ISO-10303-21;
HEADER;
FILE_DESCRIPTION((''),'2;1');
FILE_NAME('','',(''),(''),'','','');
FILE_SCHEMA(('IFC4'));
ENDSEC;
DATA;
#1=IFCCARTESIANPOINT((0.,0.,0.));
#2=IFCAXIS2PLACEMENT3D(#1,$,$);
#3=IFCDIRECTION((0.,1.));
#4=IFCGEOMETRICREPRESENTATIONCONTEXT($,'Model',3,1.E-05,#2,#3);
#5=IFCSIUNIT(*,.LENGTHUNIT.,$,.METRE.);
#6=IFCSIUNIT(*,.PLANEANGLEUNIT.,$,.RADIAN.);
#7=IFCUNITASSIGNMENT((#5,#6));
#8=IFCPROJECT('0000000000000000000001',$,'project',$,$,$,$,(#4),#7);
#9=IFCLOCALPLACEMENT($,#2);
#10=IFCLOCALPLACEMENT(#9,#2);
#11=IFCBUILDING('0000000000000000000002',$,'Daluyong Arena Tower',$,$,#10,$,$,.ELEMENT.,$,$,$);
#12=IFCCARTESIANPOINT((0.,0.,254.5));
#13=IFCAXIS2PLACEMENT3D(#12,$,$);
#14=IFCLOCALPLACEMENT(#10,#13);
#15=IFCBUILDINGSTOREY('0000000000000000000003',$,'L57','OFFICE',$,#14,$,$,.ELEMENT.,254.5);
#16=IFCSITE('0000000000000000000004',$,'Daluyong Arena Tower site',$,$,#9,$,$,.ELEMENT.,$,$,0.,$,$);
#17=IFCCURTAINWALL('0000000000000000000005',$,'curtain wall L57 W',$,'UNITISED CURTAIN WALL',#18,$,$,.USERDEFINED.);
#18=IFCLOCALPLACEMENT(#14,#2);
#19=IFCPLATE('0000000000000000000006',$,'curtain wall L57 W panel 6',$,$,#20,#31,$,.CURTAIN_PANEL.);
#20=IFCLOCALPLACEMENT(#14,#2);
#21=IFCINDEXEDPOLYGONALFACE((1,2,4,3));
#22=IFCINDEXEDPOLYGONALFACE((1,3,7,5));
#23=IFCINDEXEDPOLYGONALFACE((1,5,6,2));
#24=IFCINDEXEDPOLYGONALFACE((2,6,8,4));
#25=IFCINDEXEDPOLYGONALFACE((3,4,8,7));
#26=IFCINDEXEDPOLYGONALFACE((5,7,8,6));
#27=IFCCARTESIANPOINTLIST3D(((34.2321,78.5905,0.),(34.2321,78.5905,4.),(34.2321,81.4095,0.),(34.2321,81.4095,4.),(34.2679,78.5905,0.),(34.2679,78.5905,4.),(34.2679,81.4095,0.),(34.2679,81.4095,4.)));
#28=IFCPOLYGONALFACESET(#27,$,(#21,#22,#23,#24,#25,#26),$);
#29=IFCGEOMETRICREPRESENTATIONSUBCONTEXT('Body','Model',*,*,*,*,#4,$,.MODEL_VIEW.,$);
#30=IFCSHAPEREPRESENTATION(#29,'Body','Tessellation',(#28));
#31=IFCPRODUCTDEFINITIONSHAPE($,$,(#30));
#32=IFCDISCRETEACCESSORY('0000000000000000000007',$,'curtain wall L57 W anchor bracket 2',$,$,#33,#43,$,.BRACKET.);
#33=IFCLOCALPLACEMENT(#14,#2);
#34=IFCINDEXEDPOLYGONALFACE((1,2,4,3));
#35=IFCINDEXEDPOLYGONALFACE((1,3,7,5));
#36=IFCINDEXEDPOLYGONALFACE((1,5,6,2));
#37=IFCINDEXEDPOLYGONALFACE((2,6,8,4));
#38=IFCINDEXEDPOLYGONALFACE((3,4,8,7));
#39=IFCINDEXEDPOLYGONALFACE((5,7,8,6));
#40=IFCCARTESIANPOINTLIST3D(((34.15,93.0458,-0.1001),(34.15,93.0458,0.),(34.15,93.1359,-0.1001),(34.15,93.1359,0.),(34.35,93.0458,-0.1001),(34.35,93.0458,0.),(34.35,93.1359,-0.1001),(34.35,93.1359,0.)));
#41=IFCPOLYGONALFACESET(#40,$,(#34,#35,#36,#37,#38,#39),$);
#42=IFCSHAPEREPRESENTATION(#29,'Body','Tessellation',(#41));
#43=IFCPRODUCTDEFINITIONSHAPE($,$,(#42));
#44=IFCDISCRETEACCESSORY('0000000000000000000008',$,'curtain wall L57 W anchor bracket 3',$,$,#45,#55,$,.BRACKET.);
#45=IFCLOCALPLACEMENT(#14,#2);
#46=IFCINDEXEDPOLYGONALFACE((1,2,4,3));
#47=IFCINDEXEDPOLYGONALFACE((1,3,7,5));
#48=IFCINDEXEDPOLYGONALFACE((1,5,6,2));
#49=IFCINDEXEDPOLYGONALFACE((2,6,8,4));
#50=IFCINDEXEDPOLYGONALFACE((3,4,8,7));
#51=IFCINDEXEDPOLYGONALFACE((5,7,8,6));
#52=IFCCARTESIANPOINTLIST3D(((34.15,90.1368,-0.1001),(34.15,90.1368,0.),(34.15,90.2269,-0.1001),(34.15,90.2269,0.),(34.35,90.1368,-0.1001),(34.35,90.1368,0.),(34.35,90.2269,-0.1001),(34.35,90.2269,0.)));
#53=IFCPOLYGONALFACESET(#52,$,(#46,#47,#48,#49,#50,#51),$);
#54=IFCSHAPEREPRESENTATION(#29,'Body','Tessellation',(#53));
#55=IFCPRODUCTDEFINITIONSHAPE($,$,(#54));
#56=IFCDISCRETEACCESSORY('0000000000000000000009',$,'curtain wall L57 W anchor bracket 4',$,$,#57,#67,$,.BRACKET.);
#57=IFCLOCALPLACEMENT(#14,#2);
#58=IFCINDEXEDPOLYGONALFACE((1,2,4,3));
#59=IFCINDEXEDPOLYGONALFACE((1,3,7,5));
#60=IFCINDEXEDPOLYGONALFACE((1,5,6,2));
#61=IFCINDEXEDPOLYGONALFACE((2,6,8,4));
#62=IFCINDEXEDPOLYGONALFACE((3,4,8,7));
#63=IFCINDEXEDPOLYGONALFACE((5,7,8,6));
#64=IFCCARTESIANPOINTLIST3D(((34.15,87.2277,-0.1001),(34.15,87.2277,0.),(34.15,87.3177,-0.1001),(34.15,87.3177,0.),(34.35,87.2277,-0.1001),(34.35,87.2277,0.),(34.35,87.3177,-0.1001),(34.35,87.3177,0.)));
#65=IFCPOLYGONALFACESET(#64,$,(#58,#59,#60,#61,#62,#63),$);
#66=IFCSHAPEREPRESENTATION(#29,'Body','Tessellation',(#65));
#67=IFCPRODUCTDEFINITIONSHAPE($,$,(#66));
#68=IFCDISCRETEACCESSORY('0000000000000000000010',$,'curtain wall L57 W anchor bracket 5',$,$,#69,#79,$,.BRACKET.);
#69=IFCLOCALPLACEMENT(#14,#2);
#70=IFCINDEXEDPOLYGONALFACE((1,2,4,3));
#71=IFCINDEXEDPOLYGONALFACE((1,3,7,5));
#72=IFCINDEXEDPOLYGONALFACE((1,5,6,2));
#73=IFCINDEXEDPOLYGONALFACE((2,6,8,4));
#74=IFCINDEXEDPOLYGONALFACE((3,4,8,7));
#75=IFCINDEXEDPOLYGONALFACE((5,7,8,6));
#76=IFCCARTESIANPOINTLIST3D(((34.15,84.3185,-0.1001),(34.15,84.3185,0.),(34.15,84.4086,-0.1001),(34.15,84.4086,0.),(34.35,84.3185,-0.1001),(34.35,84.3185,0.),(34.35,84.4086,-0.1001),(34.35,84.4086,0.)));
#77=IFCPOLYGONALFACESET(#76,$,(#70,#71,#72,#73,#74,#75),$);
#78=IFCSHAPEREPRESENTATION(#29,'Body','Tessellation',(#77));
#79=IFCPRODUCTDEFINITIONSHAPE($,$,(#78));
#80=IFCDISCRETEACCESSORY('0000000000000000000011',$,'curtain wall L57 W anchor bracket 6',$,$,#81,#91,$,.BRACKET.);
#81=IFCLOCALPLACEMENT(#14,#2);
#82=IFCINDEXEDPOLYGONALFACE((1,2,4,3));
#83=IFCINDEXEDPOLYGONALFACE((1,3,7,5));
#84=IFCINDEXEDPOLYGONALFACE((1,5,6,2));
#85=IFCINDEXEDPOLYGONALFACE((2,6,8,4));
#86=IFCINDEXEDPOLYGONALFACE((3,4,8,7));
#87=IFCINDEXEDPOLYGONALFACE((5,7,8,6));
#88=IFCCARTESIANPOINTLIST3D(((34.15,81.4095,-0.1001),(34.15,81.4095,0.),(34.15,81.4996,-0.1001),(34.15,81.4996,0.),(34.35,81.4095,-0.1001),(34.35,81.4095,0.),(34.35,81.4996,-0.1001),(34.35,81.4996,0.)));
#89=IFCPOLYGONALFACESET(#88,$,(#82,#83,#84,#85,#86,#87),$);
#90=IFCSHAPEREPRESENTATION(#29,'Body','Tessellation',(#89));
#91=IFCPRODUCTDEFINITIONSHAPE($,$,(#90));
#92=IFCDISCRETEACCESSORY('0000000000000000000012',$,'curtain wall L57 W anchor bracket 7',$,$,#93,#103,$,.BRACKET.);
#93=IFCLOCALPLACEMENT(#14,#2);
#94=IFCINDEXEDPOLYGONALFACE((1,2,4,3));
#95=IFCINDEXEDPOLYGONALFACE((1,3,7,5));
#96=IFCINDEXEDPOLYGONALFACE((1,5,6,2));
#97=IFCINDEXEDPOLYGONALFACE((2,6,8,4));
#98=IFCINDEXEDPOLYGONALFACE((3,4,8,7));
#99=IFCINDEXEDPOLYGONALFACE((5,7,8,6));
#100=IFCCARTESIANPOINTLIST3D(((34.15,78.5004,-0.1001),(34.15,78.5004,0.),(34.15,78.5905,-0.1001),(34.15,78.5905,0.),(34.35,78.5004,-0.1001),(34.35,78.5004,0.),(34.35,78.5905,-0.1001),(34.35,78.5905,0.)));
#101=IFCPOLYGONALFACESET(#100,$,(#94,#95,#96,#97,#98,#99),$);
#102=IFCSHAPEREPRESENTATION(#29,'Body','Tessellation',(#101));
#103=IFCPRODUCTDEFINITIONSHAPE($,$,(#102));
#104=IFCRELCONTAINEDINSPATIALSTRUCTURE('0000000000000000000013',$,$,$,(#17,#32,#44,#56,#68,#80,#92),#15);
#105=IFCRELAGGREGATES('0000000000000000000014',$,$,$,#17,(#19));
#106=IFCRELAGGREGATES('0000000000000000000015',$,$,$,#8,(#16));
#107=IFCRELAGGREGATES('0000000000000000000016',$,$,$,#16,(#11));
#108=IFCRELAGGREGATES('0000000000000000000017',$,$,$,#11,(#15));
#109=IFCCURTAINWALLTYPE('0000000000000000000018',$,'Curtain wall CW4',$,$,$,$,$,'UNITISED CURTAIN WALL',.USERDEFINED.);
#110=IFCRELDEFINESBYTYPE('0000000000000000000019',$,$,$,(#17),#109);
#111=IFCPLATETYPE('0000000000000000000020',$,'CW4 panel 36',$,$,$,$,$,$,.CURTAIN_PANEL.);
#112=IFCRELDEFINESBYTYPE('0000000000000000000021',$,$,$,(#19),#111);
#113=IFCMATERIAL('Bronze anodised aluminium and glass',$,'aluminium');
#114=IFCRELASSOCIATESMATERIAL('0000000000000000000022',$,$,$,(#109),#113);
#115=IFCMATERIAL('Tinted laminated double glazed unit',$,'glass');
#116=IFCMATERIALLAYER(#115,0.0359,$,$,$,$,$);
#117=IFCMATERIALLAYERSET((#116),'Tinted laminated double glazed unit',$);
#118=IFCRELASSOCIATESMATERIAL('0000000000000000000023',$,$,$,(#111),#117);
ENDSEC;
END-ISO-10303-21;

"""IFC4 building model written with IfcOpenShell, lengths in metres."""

from ifc_helpers import new_model, si_unit, direction, frame, origin, origin_2d, place, context, subcontext, project, spatial, rectangle, extrude, material, layer, layer_set, type_object, element, aggregate, save


model = new_model("IFC4")

# Units and contexts
model_context = context("Model", 3, precision=1e-05, world=origin(), true_north=direction((0.0, 1.0)))
body_context = subcontext(model_context, "Body", "Model", "MODEL_VIEW")
ifc_project = project(units=[si_unit("LENGTHUNIT", "METRE"), si_unit("PLANEANGLEUNIT", "RADIAN")], contexts=[model_context])

# Site, building, storey
site_placement = place(None, origin())
site = spatial("IfcSite", under=ifc_project, at=site_placement, Name="Daluyong Arena Tower site", CompositionType="ELEMENT", RefElevation=0.0)
building_placement = place(site_placement, origin())
building = spatial("IfcBuilding", under=site, at=building_placement, Name="Daluyong Arena Tower", CompositionType="ELEMENT")
storey_placement = place(building_placement, frame((0.0, 0.0, 254.5)))
storey = spatial("IfcBuildingStorey", under=building, at=storey_placement, Name="L57", Description="OFFICE", CompositionType="ELEMENT", Elevation=254.5)

# Curtain wall
ifc_material_1 = material(Name="Bronze anodised aluminium and glass", Category="aluminium")
curtain_wall_type = type_object("IfcCurtainWallType", Name="Curtain wall CW4", ElementType="UNITISED CURTAIN WALL", PredefinedType="USERDEFINED", material=ifc_material_1)
curtain_wall_placement = place(storey_placement, origin())
curtain_wall = element("IfcCurtainWall", 1, at=curtain_wall_placement, inside=storey, type_object=curtain_wall_type, Name="curtain wall L57 W", ObjectType="UNITISED CURTAIN WALL", PredefinedType="USERDEFINED")

# Plate
ifc_material_2 = material(Name="Tinted laminated double glazed unit", Category="glass")
ifc_layer = layer(ifc_material_2, 0.0359)
ifc_layer_set = layer_set([ifc_layer], Name="Tinted laminated double glazed unit")
plate_type = type_object("IfcPlateType", Name="CW4 panel 36", PredefinedType="CURTAIN_PANEL", material=ifc_layer_set)
plate_1_placement = place(storey_placement, frame((34.25, 80.0, 0.0), z_axis=(0.0, 0.0, 1.0), x_axis=(0.0, -1.0, 0.0)))
plate_1 = element("IfcPlate", 2, at=plate_1_placement, type_object=plate_type, Name="curtain wall L57 W panel 6", PredefinedType="CURTAIN_PANEL", context=body_context, shape_type="SweptSolid", body=[
    extrude(rectangle(XDim=2.8191, YDim=0.0359, at=origin_2d()), origin(), (0.0, 0.0, 1.0), 4.0),
])
aggregate(curtain_wall, [plate_1])

# Discrete accessories
for number, where, z_axis, x_axis, name in (
    (3, (34.25, 93.0908, -0.1001), (0.0, 0.0, 1.0), (0.0, -1.0, 0.0), "curtain wall L57 W anchor bracket 2"),
    (4, (34.25, 90.1819, -0.1001), (0.0, 0.0, 1.0), (0.0, -1.0, 0.0), "curtain wall L57 W anchor bracket 3"),
    (5, (34.25, 87.2727, -0.1001), (0.0, 0.0, 1.0), (0.0, -1.0, 0.0), "curtain wall L57 W anchor bracket 4"),
    (6, (34.25, 84.3635, -0.1001), (0.0, 0.0, 1.0), (0.0, -1.0, 0.0), "curtain wall L57 W anchor bracket 5"),
    (7, (34.25, 81.4546, -0.1001), (0.0, 0.0, 1.0), (0.0, -1.0, 0.0), "curtain wall L57 W anchor bracket 6"),
    (8, (34.25, 78.5454, -0.1001), (0.0, 0.0, 1.0), (0.0, -1.0, 0.0), "curtain wall L57 W anchor bracket 7"),
):
    element("IfcDiscreteAccessory", number, at=place(storey_placement, frame(where, z_axis=z_axis, x_axis=x_axis)), inside=storey, Name=name, PredefinedType="BRACKET", context=body_context, shape_type="SweptSolid", body=[
        extrude(rectangle(XDim=0.0901, YDim=0.2, at=origin_2d()), origin(), (0.0, 0.0, 1.0), 0.1001),
    ])

save(model, "model.ifc")
